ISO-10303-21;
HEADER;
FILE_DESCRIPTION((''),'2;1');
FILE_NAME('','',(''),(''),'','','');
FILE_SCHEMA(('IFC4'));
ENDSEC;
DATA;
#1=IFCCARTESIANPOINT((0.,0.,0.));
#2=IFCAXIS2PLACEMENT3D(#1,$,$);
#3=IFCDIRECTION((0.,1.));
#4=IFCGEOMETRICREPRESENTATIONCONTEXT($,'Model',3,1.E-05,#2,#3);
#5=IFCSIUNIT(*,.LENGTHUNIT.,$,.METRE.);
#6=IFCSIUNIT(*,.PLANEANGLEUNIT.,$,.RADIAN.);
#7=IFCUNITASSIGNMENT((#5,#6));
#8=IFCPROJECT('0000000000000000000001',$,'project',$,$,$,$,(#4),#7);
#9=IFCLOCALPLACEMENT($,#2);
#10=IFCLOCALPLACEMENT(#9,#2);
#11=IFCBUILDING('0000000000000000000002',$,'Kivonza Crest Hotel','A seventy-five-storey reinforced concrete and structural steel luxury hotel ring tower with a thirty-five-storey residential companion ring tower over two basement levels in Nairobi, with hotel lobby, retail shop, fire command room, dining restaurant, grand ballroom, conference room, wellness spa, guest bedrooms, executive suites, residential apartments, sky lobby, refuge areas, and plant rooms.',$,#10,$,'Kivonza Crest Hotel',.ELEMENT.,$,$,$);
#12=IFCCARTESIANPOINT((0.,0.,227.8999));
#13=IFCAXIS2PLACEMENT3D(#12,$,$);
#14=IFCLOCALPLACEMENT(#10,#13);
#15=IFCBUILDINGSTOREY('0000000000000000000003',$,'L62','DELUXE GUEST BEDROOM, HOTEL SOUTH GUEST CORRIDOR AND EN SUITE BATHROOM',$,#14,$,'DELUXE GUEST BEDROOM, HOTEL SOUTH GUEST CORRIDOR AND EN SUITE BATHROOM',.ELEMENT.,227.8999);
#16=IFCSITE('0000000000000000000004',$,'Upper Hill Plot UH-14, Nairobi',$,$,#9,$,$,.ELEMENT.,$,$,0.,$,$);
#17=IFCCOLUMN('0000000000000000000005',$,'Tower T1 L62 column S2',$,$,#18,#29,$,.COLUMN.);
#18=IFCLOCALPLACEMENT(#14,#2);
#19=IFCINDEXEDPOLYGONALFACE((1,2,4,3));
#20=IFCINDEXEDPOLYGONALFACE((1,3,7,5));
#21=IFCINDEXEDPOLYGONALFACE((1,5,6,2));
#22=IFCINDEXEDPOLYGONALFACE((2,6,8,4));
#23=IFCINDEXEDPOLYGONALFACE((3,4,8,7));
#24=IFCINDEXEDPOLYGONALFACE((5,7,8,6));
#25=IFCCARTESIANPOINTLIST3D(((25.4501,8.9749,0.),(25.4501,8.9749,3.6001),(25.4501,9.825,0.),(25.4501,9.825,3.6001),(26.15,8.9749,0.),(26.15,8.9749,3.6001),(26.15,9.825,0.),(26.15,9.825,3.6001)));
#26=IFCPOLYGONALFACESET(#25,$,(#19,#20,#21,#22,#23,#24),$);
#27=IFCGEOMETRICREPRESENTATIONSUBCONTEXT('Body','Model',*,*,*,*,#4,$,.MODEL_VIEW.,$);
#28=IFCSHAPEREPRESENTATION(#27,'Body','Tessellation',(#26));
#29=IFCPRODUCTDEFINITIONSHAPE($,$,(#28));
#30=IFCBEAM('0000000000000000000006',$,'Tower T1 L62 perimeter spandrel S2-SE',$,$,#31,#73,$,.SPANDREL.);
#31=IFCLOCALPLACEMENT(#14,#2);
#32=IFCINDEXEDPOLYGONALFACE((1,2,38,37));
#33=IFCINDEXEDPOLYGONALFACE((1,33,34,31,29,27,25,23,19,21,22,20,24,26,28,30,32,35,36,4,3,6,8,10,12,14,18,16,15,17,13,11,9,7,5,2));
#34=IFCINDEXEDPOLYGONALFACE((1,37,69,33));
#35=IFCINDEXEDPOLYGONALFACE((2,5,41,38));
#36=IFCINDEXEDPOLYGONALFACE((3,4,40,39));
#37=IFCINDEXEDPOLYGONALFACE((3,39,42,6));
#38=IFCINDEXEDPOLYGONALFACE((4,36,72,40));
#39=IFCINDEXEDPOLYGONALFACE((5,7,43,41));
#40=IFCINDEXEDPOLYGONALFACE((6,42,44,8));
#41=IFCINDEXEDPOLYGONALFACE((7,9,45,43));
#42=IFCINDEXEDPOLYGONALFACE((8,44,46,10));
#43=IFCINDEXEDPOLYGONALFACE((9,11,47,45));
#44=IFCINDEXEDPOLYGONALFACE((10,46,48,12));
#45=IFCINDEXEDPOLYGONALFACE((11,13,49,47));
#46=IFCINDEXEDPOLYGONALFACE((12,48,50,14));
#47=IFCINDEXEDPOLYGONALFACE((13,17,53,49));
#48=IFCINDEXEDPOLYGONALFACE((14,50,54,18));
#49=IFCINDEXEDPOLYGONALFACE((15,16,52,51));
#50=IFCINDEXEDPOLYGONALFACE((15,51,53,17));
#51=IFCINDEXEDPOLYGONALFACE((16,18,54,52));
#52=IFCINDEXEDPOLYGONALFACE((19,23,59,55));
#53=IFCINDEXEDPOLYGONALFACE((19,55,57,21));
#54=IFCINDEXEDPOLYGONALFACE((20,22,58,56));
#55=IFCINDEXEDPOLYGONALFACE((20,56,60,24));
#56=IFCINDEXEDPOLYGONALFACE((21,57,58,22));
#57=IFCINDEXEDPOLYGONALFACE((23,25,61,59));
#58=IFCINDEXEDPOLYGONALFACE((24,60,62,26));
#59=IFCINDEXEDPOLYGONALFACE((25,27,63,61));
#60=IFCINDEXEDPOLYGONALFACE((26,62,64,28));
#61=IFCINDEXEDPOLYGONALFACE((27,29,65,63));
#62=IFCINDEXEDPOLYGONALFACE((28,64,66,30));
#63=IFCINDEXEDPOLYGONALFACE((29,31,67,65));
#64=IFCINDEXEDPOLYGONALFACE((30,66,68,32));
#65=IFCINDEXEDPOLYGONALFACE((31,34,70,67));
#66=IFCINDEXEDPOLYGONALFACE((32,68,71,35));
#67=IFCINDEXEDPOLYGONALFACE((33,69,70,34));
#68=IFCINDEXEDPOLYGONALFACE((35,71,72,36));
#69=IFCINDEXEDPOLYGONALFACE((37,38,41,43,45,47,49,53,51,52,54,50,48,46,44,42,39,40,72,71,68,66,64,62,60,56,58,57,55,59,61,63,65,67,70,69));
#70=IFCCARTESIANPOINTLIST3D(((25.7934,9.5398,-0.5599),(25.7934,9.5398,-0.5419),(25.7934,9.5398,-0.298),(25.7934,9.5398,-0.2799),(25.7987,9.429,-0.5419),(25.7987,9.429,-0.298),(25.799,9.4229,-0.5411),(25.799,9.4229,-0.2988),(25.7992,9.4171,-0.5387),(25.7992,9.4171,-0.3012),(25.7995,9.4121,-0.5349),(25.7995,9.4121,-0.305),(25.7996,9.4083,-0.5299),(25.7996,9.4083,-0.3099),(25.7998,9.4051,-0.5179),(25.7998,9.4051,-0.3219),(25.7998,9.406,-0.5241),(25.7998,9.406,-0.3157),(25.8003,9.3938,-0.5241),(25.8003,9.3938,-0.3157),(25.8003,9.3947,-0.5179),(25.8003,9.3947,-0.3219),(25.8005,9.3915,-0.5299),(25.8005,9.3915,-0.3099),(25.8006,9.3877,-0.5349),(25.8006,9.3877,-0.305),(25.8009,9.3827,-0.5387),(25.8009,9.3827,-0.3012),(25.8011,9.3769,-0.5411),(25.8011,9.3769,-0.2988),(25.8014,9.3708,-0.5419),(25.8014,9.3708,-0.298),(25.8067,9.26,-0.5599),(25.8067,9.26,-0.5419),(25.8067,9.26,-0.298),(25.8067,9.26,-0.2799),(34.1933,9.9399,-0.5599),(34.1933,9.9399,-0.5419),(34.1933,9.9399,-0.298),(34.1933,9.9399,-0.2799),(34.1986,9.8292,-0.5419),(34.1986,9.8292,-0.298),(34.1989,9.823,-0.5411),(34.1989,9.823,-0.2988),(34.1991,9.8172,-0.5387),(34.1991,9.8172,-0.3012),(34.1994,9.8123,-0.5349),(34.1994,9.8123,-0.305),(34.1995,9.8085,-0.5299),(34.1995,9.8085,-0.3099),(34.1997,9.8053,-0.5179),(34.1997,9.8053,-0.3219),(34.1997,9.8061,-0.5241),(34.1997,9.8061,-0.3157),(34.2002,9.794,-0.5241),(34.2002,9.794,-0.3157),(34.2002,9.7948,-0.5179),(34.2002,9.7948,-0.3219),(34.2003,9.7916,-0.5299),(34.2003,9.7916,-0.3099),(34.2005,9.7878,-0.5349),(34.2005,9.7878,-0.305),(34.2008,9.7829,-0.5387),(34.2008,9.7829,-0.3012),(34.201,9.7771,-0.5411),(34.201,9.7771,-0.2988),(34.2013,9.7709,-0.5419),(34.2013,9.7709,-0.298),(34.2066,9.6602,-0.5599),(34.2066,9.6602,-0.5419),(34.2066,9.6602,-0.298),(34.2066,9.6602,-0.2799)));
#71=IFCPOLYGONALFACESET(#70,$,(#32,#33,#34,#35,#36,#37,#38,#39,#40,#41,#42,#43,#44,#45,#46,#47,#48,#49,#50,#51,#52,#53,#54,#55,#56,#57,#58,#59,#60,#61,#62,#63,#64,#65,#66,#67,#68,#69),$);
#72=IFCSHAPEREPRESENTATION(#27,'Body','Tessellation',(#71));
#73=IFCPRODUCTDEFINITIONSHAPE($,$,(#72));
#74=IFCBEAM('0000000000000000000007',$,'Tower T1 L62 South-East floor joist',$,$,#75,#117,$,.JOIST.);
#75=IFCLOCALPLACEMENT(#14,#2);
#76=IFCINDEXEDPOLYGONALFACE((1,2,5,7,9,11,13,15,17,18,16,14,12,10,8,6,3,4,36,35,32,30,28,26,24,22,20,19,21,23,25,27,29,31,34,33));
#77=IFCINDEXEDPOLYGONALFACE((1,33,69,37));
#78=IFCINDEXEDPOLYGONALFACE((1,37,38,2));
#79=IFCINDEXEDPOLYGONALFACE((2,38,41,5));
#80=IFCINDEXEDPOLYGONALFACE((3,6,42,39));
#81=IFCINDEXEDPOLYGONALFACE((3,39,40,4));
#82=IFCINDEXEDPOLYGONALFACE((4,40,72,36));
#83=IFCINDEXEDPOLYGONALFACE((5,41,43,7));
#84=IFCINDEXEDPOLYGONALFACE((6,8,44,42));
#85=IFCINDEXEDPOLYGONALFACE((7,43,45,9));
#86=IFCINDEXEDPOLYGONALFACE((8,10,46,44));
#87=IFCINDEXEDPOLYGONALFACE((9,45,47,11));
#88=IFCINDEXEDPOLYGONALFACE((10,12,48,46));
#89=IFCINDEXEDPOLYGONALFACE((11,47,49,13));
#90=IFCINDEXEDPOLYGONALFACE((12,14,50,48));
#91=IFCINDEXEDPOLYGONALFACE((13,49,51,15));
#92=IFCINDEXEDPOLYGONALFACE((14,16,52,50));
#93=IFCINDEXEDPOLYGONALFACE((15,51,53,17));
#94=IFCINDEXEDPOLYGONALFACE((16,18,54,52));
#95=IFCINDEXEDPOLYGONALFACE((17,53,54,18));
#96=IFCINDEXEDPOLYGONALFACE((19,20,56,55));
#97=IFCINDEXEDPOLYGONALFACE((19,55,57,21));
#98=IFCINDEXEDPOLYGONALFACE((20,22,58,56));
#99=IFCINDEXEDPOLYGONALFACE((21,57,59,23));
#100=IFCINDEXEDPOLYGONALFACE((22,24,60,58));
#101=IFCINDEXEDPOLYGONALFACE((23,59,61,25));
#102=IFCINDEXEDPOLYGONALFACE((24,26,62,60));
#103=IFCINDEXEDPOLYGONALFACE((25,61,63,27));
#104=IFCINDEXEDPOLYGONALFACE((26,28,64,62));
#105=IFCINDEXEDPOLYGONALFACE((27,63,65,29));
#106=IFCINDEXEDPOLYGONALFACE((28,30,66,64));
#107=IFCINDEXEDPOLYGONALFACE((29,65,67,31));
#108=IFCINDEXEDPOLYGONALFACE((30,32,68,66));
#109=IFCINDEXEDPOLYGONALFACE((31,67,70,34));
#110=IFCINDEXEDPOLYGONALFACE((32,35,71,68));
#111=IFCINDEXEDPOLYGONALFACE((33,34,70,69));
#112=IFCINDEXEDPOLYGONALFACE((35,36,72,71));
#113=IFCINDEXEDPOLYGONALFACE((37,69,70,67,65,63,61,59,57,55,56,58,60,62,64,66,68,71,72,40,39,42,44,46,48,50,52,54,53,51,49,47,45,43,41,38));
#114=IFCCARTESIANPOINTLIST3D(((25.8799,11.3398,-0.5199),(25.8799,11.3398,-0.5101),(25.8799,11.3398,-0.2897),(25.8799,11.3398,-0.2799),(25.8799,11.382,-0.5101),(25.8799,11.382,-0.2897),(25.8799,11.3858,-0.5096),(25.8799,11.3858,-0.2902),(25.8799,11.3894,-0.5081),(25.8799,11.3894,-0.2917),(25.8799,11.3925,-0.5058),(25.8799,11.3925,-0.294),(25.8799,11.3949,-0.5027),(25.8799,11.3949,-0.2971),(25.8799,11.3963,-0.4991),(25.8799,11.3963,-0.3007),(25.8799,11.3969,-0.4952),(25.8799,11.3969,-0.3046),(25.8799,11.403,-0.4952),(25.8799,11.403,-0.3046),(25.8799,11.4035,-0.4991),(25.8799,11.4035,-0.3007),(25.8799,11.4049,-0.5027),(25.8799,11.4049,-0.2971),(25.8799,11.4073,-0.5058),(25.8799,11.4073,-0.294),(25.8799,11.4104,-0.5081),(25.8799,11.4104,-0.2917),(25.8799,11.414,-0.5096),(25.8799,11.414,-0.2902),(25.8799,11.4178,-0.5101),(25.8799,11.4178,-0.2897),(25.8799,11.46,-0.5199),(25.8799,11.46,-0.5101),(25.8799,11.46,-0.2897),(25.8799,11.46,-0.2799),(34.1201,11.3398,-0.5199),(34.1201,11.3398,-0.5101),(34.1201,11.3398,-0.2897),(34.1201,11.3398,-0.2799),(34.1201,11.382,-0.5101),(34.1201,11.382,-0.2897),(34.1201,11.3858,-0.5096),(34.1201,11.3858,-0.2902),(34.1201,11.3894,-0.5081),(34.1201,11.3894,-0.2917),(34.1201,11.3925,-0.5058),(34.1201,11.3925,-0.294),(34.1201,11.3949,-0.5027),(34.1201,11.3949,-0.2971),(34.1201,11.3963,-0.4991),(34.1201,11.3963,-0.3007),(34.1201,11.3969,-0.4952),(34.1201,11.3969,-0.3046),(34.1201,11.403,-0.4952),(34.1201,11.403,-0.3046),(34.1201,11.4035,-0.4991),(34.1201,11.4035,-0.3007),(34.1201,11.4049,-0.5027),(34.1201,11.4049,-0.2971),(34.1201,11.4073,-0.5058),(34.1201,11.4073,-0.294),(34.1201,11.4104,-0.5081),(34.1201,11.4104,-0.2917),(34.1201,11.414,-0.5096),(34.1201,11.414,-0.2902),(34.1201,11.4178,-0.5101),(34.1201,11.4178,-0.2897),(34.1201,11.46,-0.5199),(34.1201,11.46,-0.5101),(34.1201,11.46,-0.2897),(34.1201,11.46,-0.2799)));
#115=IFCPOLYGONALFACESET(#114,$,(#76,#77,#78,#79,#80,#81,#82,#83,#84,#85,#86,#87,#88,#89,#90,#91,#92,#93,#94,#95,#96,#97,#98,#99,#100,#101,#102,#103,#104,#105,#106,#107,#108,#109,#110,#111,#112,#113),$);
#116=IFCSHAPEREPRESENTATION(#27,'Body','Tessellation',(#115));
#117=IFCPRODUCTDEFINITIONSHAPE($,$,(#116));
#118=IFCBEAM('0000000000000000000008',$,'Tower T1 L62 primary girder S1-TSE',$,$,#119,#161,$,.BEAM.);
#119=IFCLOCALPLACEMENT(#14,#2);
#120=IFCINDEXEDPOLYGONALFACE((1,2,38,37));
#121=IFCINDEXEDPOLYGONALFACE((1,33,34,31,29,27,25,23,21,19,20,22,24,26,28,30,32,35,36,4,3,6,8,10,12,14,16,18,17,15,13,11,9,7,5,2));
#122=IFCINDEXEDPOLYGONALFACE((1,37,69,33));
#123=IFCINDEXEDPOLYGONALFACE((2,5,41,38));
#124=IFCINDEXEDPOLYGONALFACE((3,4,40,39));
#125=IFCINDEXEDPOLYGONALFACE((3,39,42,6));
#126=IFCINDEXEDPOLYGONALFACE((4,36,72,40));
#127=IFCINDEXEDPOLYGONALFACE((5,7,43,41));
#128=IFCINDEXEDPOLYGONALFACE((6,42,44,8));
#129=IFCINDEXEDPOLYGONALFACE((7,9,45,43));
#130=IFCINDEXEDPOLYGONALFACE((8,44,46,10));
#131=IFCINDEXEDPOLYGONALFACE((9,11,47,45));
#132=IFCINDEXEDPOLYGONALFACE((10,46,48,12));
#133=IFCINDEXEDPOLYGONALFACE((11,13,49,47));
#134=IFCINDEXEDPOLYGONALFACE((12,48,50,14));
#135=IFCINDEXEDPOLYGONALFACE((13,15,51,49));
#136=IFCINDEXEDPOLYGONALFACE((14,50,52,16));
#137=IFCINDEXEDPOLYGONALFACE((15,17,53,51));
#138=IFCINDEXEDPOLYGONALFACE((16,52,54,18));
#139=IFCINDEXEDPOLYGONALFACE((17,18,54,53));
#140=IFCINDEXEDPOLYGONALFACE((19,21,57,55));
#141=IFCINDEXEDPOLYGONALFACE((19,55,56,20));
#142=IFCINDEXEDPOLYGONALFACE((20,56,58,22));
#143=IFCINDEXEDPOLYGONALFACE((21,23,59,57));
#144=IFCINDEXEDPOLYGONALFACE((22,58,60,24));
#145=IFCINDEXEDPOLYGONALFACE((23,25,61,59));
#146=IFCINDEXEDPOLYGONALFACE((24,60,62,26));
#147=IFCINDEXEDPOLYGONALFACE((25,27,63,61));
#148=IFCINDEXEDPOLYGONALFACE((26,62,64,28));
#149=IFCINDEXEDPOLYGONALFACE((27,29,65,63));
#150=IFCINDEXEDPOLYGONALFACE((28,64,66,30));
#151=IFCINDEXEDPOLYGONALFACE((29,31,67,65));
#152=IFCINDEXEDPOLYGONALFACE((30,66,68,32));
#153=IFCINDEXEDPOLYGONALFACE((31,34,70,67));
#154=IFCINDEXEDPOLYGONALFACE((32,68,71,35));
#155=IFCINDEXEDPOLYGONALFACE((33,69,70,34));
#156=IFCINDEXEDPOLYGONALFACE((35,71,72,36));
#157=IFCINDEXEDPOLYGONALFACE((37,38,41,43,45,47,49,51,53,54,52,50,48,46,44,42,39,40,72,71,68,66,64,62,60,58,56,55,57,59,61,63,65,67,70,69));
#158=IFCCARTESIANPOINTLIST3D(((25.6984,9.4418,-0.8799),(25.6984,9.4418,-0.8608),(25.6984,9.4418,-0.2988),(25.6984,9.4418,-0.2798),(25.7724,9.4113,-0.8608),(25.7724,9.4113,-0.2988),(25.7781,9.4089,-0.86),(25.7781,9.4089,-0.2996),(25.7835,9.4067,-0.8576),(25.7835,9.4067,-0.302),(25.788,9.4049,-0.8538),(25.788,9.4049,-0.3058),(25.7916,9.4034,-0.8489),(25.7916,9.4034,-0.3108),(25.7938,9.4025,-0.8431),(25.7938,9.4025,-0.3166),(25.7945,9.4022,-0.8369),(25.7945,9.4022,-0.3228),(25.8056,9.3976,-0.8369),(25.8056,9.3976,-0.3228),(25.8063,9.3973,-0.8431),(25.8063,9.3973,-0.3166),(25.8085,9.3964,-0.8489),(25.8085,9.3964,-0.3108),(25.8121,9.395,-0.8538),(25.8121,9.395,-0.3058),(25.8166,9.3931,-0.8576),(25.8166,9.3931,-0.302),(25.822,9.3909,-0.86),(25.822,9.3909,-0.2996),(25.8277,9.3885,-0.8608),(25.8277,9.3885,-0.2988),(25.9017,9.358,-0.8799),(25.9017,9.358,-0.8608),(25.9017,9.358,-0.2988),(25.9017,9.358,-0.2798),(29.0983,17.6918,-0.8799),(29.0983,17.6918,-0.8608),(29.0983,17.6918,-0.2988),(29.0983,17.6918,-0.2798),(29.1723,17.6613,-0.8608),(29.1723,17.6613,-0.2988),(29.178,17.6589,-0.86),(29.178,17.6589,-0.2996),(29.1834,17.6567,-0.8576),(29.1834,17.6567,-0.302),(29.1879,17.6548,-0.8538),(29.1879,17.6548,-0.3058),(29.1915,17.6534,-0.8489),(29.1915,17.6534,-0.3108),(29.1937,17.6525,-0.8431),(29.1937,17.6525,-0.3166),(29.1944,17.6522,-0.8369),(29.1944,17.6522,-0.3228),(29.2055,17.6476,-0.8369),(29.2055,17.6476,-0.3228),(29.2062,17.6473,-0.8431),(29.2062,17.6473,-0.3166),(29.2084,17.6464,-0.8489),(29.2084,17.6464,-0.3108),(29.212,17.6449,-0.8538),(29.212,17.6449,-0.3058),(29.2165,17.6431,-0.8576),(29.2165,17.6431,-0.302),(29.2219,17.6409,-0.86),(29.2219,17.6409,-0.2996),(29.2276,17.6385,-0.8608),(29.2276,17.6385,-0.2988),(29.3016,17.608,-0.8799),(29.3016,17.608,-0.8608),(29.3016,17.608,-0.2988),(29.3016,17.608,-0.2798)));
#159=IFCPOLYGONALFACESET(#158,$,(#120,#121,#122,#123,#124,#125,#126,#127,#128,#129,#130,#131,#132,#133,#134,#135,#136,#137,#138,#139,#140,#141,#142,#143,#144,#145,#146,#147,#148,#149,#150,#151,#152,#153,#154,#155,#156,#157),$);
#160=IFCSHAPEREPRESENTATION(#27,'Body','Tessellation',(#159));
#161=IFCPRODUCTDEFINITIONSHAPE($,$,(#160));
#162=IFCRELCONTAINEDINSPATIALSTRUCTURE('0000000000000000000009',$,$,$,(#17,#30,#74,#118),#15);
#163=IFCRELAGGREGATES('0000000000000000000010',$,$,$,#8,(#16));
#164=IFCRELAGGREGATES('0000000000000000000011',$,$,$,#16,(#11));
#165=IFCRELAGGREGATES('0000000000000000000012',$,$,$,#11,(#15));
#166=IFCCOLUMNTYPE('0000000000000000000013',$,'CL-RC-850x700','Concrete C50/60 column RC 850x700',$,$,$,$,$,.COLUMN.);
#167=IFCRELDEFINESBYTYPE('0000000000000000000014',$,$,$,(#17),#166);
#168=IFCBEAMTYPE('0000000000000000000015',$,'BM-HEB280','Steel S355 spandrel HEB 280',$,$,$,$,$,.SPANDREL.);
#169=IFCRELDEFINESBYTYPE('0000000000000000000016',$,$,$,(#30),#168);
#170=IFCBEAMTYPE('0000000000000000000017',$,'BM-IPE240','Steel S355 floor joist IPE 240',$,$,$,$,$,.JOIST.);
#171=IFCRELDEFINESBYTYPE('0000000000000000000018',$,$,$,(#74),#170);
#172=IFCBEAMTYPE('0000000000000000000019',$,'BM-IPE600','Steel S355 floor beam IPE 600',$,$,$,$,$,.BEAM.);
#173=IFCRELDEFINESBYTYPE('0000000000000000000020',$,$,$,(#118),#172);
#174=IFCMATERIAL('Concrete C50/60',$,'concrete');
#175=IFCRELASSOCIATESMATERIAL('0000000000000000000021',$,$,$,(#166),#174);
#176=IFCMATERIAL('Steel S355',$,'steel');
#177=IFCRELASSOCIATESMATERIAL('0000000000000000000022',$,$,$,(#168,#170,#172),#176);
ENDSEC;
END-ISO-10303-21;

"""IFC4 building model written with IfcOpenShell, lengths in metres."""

from ifc_helpers import new_model, si_unit, direction, frame, origin, origin_2d, place, context, subcontext, project, spatial, rectangle, i_section, extrude, material, material_profile, profile_set, type_object, element, save


model = new_model("IFC4")

# Units and contexts
model_context = context("Model", 3, precision=1e-05, world=origin(), true_north=direction((0.0, 1.0)))
body_context = subcontext(model_context, "Body", "Model", "MODEL_VIEW")
ifc_project = project(units=[si_unit("LENGTHUNIT", "METRE"), si_unit("PLANEANGLEUNIT", "RADIAN")], contexts=[model_context])

# Site, building, storey
site_placement = place(None, origin())
site = spatial("IfcSite", under=ifc_project, at=site_placement, Name="Upper Hill Plot UH-14, Nairobi", CompositionType="ELEMENT", RefElevation=0.0)
building_placement = place(site_placement, origin())
building = spatial("IfcBuilding", under=site, at=building_placement, Name="Kivonza Crest Hotel", Description="A seventy-five-storey reinforced concrete and structural steel luxury hotel ring tower with a thirty-five-storey residential companion ring tower over two basement levels in Nairobi, with hotel lobby, retail shop, fire command room, dining restaurant, grand ballroom, conference room, wellness spa, guest bedrooms, executive suites, residential apartments, sky lobby, refuge areas, and plant rooms.", LongName="Kivonza Crest Hotel", CompositionType="ELEMENT")
storey_placement = place(building_placement, frame((0.0, 0.0, 227.8999)))
storey = spatial("IfcBuildingStorey", under=building, at=storey_placement, Name="L62", Description="DELUXE GUEST BEDROOM, HOTEL SOUTH GUEST CORRIDOR AND EN SUITE BATHROOM", LongName="DELUXE GUEST BEDROOM, HOTEL SOUTH GUEST CORRIDOR AND EN SUITE BATHROOM", CompositionType="ELEMENT", Elevation=227.8999)

# Column
ifc_material_1 = material(Name="Concrete C50/60", Category="concrete")
ifc_material_profile_1 = material_profile(ifc_material_1, rectangle(XDim=0.7, YDim=0.8501, at=origin_2d()), Name="RC 850x700")
ifc_profile_set_1 = profile_set([ifc_material_profile_1], Name="Concrete C50/60")
column_type = type_object("IfcColumnType", Name="CL-RC-850x700", Description="Concrete C50/60 column RC 850x700", PredefinedType="COLUMN", material=ifc_profile_set_1)
column_placement = place(storey_placement, frame((25.8, 9.3999, 0.0), z_axis=(0.0, 0.0, 1.0), x_axis=(1.0, 0.0, 0.0)))
element("IfcColumn", 1, at=column_placement, inside=storey, type_object=column_type, Name="Tower T1 L62 column S2", PredefinedType="COLUMN", context=body_context, shape_type="SweptSolid", body=[
    extrude(rectangle(XDim=0.7, YDim=0.8501, at=origin_2d()), origin(), (0.0, 0.0, 1.0), 3.6001),
])

# Beams
ifc_material_2 = material(Name="Steel S355", Category="steel")
ifc_material_profile_2 = material_profile(ifc_material_2, i_section(OverallWidth=0.28, OverallDepth=0.28, WebThickness=0.0105, FlangeThickness=0.0181, FilletRadius=0.0239, at=origin_2d()), Name="HEB 280")
ifc_profile_set_2 = profile_set([ifc_material_profile_2], Name="Steel S355")
beam_type_1 = type_object("IfcBeamType", Name="BM-HEB280", Description="Steel S355 spandrel HEB 280", PredefinedType="SPANDREL", material=ifc_profile_set_2)
beam_1_placement = place(storey_placement, frame((25.8, 9.3999, -0.4199), z_axis=(0.998867, 0.047583, 0.0), x_axis=(-0.047583, 0.998867, 0.0)))
element("IfcBeam", 2, at=beam_1_placement, inside=storey, type_object=beam_type_1, Name="Tower T1 L62 perimeter spandrel S2-SE", PredefinedType="SPANDREL", context=body_context, shape_type="SweptSolid", body=[
    extrude(i_section(OverallWidth=0.28, OverallDepth=0.28, WebThickness=0.0105, FlangeThickness=0.0181, FilletRadius=0.0239, at=origin_2d()), origin(), (0.0, 0.0, 1.0), 8.4094),
])
ifc_material_profile_3 = material_profile(ifc_material_2, i_section(OverallWidth=0.1201, OverallDepth=0.24, WebThickness=0.0061, FlangeThickness=0.0098, FilletRadius=0.0149, at=origin_2d()), Name="IPE 240")
ifc_profile_set_3 = profile_set([ifc_material_profile_3], Name="Steel S355")
beam_type_2 = type_object("IfcBeamType", Name="BM-IPE240", Description="Steel S355 floor joist IPE 240", PredefinedType="JOIST", material=ifc_profile_set_3)
beam_2_placement = place(storey_placement, frame((25.8799, 11.3999, -0.3999), z_axis=(1.0, 0.0, 0.0), x_axis=(0.0, 1.0, 0.0)))
element("IfcBeam", 3, at=beam_2_placement, inside=storey, type_object=beam_type_2, Name="Tower T1 L62 South-East floor joist", PredefinedType="JOIST", context=body_context, shape_type="SweptSolid", body=[
    extrude(i_section(OverallWidth=0.1201, OverallDepth=0.24, WebThickness=0.0061, FlangeThickness=0.0098, FilletRadius=0.0149, at=origin_2d()), origin(), (0.0, 0.0, 1.0), 8.2402),
])
ifc_material_profile_4 = material_profile(ifc_material_2, i_section(OverallWidth=0.22, OverallDepth=0.6001, WebThickness=0.012, FlangeThickness=0.019, FilletRadius=0.0239, at=origin_2d()), Name="IPE 600")
ifc_profile_set_4 = profile_set([ifc_material_profile_4], Name="Steel S355")
beam_type_3 = type_object("IfcBeamType", Name="BM-IPE600", Description="Steel S355 floor beam IPE 600", PredefinedType="BEAM", material=ifc_profile_set_4)
beam_3_placement = place(storey_placement, frame((25.8, 9.3999, -0.5798), z_axis=(0.381022, 0.924566, 0.0), x_axis=(-0.924566, 0.381022, 0.0)))
element("IfcBeam", 4, at=beam_3_placement, inside=storey, type_object=beam_type_3, Name="Tower T1 L62 primary girder S1-TSE", PredefinedType="BEAM", context=body_context, shape_type="SweptSolid", body=[
    extrude(i_section(OverallWidth=0.22, OverallDepth=0.6001, WebThickness=0.012, FlangeThickness=0.019, FilletRadius=0.0239, at=origin_2d()), origin(), (0.0, 0.0, 1.0), 8.9231),
])

save(model, "model.ifc")
